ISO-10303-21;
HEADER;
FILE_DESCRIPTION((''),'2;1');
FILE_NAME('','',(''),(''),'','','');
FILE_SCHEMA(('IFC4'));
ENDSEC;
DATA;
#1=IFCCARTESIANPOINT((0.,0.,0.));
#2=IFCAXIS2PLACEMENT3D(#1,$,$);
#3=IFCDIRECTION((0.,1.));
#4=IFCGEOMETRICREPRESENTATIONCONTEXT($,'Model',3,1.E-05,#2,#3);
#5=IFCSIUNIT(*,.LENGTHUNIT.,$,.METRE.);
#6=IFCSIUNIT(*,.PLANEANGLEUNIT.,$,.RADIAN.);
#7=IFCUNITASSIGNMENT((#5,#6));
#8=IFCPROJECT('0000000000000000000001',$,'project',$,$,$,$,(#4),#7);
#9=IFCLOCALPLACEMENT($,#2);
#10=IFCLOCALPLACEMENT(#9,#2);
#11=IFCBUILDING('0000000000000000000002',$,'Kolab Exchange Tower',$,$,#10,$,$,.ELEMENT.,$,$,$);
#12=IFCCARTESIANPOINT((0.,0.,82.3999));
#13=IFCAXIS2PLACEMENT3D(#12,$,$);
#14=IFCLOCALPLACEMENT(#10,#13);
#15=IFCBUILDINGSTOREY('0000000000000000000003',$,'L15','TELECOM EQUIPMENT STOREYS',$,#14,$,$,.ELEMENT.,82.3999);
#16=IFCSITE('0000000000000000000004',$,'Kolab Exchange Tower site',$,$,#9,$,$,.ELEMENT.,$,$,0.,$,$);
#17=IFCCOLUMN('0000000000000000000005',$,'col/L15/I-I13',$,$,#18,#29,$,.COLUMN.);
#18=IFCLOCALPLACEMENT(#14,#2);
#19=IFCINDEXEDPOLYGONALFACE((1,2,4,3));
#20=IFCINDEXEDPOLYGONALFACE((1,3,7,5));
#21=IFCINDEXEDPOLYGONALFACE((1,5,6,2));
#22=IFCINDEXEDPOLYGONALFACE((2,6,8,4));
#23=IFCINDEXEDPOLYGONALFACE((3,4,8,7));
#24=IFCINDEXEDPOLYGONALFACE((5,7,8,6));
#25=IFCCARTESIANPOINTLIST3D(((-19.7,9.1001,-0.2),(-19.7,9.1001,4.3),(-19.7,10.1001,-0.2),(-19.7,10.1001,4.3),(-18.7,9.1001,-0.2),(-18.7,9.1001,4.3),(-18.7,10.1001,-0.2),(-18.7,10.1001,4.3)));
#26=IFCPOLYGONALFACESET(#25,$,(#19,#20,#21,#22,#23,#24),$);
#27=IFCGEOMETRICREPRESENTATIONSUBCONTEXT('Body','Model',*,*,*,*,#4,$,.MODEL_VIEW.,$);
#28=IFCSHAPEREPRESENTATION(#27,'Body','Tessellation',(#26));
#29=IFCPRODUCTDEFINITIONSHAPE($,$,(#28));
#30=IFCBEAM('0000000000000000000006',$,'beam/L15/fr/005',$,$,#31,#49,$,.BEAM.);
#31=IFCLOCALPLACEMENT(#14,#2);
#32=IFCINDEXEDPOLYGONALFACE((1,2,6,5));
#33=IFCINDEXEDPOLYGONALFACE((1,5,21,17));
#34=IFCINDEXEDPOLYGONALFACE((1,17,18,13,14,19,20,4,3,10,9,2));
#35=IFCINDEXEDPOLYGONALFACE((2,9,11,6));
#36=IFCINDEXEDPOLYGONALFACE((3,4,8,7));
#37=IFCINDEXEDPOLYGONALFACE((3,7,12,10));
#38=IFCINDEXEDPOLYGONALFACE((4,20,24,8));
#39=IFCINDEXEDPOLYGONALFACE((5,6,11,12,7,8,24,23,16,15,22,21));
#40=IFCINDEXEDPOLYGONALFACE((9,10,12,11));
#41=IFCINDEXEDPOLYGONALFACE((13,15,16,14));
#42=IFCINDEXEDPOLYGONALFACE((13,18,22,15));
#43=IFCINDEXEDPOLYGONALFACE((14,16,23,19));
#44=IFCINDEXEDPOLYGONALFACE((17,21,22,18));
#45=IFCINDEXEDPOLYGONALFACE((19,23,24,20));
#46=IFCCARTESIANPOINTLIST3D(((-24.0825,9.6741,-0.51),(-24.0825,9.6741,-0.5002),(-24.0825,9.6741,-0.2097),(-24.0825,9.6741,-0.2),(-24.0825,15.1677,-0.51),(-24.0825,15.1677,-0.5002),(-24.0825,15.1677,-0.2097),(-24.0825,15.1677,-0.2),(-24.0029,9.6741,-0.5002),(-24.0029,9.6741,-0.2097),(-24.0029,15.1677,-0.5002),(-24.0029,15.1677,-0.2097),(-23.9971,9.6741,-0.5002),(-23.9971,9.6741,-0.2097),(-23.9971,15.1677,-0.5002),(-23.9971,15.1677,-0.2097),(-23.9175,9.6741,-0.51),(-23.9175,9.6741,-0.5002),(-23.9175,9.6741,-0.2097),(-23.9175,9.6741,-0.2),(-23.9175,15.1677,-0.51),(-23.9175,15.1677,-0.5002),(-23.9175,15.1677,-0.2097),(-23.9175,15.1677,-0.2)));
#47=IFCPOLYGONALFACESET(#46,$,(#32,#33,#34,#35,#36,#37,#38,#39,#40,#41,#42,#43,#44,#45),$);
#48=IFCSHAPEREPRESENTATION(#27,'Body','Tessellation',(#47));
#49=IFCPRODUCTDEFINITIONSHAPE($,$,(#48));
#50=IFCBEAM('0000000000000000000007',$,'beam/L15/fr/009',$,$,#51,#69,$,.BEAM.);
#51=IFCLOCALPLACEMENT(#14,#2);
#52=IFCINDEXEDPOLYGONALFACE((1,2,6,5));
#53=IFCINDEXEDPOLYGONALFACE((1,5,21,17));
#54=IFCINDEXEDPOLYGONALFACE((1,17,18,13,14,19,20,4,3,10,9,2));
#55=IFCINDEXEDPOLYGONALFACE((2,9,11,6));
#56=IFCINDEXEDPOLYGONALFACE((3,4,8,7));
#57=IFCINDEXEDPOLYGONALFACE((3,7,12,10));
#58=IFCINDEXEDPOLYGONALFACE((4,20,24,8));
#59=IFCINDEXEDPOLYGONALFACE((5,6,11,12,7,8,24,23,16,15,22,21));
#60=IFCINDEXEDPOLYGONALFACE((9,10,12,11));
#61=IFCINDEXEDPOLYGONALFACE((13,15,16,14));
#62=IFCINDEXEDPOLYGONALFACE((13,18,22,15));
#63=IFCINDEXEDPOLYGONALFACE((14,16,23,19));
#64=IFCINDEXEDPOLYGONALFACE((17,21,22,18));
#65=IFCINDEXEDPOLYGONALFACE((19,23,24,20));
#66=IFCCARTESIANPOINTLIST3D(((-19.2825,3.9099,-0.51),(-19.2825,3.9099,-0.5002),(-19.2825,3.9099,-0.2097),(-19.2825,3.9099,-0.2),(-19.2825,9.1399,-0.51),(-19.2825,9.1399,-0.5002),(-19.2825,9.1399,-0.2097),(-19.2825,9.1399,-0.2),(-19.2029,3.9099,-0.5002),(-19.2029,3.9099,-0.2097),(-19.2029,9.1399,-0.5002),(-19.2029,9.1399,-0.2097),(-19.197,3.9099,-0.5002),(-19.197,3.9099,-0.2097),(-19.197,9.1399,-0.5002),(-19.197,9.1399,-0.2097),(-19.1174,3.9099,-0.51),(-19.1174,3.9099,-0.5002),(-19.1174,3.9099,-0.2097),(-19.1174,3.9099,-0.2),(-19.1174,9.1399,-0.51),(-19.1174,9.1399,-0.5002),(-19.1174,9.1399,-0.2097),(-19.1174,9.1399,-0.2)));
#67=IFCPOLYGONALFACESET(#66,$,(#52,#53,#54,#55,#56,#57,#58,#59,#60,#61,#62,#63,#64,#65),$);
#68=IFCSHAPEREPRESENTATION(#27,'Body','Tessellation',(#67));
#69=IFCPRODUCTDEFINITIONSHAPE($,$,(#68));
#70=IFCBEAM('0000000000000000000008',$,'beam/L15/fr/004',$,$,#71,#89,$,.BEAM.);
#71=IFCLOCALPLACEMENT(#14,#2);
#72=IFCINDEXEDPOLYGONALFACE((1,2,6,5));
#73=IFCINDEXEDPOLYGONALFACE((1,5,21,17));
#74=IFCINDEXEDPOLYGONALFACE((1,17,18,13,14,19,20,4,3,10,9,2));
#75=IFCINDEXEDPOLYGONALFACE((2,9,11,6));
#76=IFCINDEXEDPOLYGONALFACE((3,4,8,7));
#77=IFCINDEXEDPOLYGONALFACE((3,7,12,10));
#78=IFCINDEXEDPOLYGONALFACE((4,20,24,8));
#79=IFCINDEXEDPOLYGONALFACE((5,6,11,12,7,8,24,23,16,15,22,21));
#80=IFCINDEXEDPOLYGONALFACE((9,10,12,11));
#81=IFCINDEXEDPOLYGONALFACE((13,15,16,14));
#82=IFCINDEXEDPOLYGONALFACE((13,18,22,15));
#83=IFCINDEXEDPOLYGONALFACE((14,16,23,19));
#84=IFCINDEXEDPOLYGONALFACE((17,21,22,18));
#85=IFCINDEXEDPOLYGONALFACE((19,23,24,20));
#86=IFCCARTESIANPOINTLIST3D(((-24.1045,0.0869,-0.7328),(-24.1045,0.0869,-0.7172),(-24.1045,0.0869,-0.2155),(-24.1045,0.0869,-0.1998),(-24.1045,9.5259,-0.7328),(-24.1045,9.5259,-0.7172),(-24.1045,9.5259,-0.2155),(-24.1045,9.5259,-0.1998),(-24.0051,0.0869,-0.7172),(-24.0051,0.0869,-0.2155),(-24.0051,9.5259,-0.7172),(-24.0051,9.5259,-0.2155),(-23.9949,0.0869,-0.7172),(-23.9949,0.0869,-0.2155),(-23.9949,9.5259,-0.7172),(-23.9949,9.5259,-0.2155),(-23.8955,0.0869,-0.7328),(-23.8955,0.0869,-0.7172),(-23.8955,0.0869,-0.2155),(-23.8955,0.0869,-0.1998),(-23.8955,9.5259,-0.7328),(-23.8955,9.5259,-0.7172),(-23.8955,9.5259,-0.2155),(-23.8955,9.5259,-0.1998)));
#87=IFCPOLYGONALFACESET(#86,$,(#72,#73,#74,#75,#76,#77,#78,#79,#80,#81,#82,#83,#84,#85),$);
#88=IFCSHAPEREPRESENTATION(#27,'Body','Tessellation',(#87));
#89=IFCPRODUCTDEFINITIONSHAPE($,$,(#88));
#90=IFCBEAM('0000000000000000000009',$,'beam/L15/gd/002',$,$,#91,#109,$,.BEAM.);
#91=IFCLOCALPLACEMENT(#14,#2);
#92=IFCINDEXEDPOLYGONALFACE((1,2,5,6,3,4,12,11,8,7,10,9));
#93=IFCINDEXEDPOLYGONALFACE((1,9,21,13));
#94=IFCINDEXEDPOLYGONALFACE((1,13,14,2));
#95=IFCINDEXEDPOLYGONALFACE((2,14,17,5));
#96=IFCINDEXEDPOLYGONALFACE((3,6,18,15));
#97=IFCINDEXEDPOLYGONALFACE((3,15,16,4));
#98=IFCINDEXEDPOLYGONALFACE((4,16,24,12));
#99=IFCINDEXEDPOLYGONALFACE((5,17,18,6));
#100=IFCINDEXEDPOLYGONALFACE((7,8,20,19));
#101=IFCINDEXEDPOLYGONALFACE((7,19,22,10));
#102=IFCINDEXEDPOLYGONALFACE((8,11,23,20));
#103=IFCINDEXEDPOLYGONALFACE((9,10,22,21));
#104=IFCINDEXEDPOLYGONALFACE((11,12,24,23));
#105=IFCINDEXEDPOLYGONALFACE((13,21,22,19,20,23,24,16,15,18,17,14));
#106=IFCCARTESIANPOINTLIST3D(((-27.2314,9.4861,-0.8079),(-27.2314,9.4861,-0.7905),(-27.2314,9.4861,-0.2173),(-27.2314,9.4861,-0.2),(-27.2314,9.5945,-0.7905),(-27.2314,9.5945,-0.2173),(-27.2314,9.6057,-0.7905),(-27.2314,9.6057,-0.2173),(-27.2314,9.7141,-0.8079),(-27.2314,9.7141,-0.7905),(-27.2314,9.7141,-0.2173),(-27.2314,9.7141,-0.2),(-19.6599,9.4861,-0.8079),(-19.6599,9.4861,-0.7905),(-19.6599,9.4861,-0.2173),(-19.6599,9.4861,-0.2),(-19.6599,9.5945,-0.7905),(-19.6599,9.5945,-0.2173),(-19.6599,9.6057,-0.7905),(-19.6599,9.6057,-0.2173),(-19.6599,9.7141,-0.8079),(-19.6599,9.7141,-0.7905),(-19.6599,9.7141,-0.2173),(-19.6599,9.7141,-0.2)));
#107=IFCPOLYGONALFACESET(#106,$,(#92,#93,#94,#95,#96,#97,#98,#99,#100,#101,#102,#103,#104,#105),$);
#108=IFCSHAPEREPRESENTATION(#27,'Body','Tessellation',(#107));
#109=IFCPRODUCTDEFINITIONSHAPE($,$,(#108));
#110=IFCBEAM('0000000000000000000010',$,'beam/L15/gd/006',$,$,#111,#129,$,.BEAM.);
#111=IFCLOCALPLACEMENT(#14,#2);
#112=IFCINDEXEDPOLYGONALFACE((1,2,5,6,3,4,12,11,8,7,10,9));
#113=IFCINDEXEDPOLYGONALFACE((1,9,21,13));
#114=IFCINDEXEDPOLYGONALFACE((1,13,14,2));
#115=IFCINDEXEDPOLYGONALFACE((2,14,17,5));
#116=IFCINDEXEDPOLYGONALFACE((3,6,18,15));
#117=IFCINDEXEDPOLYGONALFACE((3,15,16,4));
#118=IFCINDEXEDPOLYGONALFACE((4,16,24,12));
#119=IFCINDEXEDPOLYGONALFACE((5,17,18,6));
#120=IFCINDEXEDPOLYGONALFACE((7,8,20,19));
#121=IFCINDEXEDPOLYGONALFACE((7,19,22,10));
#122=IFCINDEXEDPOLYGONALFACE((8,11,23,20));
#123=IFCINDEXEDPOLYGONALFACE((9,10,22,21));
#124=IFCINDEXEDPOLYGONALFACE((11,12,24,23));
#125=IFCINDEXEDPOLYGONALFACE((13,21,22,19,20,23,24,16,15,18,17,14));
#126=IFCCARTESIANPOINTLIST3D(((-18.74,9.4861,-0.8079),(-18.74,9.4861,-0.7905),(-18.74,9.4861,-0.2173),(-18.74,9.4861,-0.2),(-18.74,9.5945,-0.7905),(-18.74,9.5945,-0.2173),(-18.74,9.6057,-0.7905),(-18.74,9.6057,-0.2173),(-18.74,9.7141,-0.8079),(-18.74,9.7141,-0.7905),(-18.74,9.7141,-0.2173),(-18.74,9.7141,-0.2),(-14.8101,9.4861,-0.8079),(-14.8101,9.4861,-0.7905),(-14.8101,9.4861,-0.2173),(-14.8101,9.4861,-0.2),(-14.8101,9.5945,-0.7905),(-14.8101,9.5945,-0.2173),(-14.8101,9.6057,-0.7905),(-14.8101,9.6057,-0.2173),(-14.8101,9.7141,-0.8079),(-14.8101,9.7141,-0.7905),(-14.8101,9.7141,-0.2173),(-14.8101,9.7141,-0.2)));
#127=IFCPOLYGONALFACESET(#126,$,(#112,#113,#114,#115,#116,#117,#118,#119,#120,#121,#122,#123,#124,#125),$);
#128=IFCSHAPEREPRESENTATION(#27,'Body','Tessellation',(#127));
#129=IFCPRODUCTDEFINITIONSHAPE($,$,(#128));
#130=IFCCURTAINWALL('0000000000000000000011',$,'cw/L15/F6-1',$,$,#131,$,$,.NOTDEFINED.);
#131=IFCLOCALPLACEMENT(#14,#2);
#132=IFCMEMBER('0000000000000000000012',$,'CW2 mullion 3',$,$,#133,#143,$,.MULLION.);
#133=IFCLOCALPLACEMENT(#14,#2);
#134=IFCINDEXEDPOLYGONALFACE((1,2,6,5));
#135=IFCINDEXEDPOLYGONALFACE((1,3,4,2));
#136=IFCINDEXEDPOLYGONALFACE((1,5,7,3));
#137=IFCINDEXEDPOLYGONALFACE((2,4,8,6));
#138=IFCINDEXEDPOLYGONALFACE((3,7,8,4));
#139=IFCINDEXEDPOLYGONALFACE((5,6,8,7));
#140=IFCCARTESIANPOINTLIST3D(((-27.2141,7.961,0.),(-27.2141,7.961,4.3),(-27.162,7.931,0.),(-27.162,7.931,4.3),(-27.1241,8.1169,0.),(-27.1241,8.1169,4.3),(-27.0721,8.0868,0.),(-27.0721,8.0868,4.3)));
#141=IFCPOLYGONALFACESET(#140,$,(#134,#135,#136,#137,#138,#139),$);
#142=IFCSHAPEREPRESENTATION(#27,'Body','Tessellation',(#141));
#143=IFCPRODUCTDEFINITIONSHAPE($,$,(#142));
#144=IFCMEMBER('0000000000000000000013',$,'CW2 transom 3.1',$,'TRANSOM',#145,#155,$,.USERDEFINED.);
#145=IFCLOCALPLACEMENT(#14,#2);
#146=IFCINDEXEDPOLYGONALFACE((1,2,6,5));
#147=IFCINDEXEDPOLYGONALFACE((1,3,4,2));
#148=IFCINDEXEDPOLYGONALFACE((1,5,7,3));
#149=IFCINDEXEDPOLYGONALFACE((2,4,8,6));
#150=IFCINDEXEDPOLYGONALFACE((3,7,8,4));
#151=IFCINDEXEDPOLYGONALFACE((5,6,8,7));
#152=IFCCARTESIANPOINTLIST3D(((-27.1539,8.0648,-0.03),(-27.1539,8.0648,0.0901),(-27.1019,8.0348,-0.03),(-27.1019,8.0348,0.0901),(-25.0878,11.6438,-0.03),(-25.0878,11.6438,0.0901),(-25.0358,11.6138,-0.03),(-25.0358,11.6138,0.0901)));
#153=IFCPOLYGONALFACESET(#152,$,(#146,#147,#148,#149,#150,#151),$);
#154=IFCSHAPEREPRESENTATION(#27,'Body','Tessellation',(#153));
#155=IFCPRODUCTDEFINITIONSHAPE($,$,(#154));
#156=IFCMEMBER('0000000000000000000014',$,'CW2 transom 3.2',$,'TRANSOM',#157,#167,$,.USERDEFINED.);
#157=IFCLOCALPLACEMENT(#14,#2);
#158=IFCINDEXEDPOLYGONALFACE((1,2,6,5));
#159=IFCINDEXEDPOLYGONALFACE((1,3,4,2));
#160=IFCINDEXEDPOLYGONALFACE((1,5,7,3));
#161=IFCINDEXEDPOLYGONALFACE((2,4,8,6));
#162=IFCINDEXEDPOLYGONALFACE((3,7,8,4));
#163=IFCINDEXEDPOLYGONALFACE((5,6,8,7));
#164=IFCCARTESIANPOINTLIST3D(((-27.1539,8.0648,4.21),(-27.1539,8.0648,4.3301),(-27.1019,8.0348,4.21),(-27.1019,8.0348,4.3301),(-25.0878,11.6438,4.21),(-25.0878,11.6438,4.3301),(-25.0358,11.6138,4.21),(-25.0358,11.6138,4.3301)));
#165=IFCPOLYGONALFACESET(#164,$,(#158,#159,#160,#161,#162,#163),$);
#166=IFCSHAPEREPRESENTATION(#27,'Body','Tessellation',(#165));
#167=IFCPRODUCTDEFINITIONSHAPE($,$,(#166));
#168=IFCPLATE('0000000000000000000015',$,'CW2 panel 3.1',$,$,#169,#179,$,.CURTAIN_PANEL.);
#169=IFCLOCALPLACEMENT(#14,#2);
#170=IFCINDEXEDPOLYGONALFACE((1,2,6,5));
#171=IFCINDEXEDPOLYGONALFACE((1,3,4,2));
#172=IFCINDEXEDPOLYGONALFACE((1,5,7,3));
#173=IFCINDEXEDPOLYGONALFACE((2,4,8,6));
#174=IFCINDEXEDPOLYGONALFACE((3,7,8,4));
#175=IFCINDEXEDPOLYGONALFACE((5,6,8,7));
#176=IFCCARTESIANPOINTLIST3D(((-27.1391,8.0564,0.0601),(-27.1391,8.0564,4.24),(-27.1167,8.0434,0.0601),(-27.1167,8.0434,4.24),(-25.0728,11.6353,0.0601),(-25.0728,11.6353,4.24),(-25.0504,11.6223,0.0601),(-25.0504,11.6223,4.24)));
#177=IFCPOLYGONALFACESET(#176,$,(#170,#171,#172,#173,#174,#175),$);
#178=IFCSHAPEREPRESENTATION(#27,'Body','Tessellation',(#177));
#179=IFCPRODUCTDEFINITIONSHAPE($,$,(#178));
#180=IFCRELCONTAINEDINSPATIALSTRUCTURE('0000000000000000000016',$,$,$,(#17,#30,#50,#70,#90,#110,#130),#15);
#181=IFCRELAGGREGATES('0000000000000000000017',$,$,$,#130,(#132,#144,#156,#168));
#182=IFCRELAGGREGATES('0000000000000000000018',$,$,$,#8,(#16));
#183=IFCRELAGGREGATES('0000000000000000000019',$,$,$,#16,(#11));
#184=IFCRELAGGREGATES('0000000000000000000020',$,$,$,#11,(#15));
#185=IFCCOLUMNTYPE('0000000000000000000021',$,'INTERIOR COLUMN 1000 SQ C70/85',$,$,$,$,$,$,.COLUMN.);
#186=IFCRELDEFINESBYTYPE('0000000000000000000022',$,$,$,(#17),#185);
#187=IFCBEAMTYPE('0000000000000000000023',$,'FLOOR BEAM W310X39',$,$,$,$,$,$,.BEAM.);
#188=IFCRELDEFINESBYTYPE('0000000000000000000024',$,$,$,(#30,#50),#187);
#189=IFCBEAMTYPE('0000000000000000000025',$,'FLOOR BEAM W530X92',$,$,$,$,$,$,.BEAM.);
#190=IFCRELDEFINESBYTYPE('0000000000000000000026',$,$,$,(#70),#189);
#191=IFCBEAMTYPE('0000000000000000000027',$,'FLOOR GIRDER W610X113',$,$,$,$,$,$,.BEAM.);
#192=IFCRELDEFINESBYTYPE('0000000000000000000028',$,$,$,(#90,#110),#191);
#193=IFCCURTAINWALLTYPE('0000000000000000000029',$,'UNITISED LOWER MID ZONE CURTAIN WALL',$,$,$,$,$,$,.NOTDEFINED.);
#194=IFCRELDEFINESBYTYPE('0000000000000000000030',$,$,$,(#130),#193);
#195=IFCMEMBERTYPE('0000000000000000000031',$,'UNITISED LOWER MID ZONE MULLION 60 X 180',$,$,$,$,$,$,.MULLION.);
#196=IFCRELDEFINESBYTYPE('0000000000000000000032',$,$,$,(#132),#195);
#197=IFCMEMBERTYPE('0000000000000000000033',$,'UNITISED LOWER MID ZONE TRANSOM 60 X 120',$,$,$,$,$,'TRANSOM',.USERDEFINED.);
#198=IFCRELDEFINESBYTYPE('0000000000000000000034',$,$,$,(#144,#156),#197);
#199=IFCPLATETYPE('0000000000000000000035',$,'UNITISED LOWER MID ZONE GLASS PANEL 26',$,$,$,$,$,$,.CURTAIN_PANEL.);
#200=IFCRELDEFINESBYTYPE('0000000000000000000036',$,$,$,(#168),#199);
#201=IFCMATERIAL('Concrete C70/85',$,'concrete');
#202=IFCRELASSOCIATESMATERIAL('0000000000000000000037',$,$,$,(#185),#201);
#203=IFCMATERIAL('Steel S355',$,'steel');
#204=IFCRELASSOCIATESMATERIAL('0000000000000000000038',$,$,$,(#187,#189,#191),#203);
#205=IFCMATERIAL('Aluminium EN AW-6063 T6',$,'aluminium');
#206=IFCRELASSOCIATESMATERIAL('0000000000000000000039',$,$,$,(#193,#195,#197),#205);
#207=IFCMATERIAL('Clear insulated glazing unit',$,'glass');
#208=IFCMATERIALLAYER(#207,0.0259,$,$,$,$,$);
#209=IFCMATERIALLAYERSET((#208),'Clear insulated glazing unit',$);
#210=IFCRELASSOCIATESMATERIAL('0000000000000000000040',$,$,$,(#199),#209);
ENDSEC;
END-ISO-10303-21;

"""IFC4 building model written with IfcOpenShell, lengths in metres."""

from ifc_helpers import new_model, si_unit, direction, frame, origin, origin_2d, place, context, subcontext, project, spatial, rectangle, i_section, extrude, material, layer, layer_set, material_profile, profile_set, type_object, element, aggregate, save


model = new_model("IFC4")

# Units and contexts
model_context = context("Model", 3, precision=1e-05, world=origin(), true_north=direction((0.0, 1.0)))
body_context = subcontext(model_context, "Body", "Model", "MODEL_VIEW")
ifc_project = project(units=[si_unit("LENGTHUNIT", "METRE"), si_unit("PLANEANGLEUNIT", "RADIAN")], contexts=[model_context])

# Site, building, storey
site_placement = place(None, origin())
site = spatial("IfcSite", under=ifc_project, at=site_placement, Name="Kolab Exchange Tower site", CompositionType="ELEMENT", RefElevation=0.0)
building_placement = place(site_placement, origin())
building = spatial("IfcBuilding", under=site, at=building_placement, Name="Kolab Exchange Tower", CompositionType="ELEMENT")
storey_placement = place(building_placement, frame((0.0, 0.0, 82.3999)))
storey = spatial("IfcBuildingStorey", under=building, at=storey_placement, Name="L15", Description="TELECOM EQUIPMENT STOREYS", CompositionType="ELEMENT", Elevation=82.3999)

# Column
ifc_material_1 = material(Name="Concrete C70/85", Category="concrete")
ifc_material_profile_1 = material_profile(ifc_material_1, rectangle(XDim=1.0, YDim=1.0, at=origin_2d()), Name="RC1000")
ifc_profile_set_1 = profile_set([ifc_material_profile_1], Name="Concrete C70/85")
column_type = type_object("IfcColumnType", Name="INTERIOR COLUMN 1000 SQ C70/85", PredefinedType="COLUMN", material=ifc_profile_set_1)
column_placement = place(storey_placement, frame((-19.2, 9.6001, -0.2), z_axis=(0.0, 0.0, 1.0), x_axis=(1.0, 0.0, 0.0)))
element("IfcColumn", 1, at=column_placement, inside=storey, type_object=column_type, Name="col/L15/I-I13", PredefinedType="COLUMN", context=body_context, shape_type="SweptSolid", body=[
    extrude(rectangle(XDim=1.0, YDim=1.0, at=origin_2d()), origin(), (0.0, 0.0, 1.0), 4.5),
])

# Beams
ifc_material_2 = material(Name="Steel S355", Category="steel")
ifc_material_profile_2 = material_profile(ifc_material_2, i_section(OverallWidth=0.165, OverallDepth=0.3101, WebThickness=0.0059, FlangeThickness=0.0098, at=origin_2d()), Name="W310X39")
ifc_profile_set_2 = profile_set([ifc_material_profile_2], Name="Steel S355")
beam_type_1 = type_object("IfcBeamType", Name="FLOOR BEAM W310X39", PredefinedType="BEAM", material=ifc_profile_set_2)
beam_1_placement = place(storey_placement, frame((-24.0, 9.6741, -0.355), z_axis=(0.0, 1.0, 0.0), x_axis=(-1.0, 0.0, 0.0)))
element("IfcBeam", 2, at=beam_1_placement, inside=storey, type_object=beam_type_1, Name="beam/L15/fr/005", PredefinedType="BEAM", context=body_context, shape_type="SweptSolid", body=[
    extrude(i_section(OverallWidth=0.165, OverallDepth=0.3101, WebThickness=0.0059, FlangeThickness=0.0098, at=origin_2d()), origin(), (0.0, 0.0, 1.0), 5.4937),
])
beam_2_placement = place(storey_placement, frame((-19.2, 3.9099, -0.355), z_axis=(0.0, 1.0, 0.0), x_axis=(-1.0, 0.0, 0.0)))
element("IfcBeam", 3, at=beam_2_placement, inside=storey, type_object=beam_type_1, Name="beam/L15/fr/009", PredefinedType="BEAM", context=body_context, shape_type="SweptSolid", body=[
    extrude(i_section(OverallWidth=0.165, OverallDepth=0.3101, WebThickness=0.0059, FlangeThickness=0.0098, at=origin_2d()), origin(), (0.0, 0.0, 1.0), 5.23),
])
ifc_material_profile_3 = material_profile(ifc_material_2, i_section(OverallWidth=0.209, OverallDepth=0.533, WebThickness=0.0103, FlangeThickness=0.0156, at=origin_2d()), Name="W530X92")
ifc_profile_set_3 = profile_set([ifc_material_profile_3], Name="Steel S355")
beam_type_2 = type_object("IfcBeamType", Name="FLOOR BEAM W530X92", PredefinedType="BEAM", material=ifc_profile_set_3)
beam_3_placement = place(storey_placement, frame((-24.0, 0.0869, -0.4663), z_axis=(0.0, 1.0, 0.0), x_axis=(-1.0, 0.0, 0.0)))
element("IfcBeam", 4, at=beam_3_placement, inside=storey, type_object=beam_type_2, Name="beam/L15/fr/004", PredefinedType="BEAM", context=body_context, shape_type="SweptSolid", body=[
    extrude(i_section(OverallWidth=0.209, OverallDepth=0.533, WebThickness=0.0103, FlangeThickness=0.0156, at=origin_2d()), origin(), (0.0, 0.0, 1.0), 9.439),
])
ifc_material_profile_4 = material_profile(ifc_material_2, i_section(OverallWidth=0.228, OverallDepth=0.6079, WebThickness=0.0112, FlangeThickness=0.0173, at=origin_2d()), Name="W610X113")
ifc_profile_set_4 = profile_set([ifc_material_profile_4], Name="Steel S355")
beam_type_3 = type_object("IfcBeamType", Name="FLOOR GIRDER W610X113", PredefinedType="BEAM", material=ifc_profile_set_4)
beam_4_placement = place(storey_placement, frame((-27.2314, 9.6001, -0.5039), z_axis=(1.0, 0.0, 0.0), x_axis=(0.0, 1.0, 0.0)))
element("IfcBeam", 5, at=beam_4_placement, inside=storey, type_object=beam_type_3, Name="beam/L15/gd/002", PredefinedType="BEAM", context=body_context, shape_type="SweptSolid", body=[
    extrude(i_section(OverallWidth=0.228, OverallDepth=0.6079, WebThickness=0.0112, FlangeThickness=0.0173, at=origin_2d()), origin(), (0.0, 0.0, 1.0), 7.5715),
])
beam_5_placement = place(storey_placement, frame((-18.74, 9.6001, -0.5039), z_axis=(1.0, 0.0, 0.0), x_axis=(0.0, 1.0, 0.0)))
element("IfcBeam", 6, at=beam_5_placement, inside=storey, type_object=beam_type_3, Name="beam/L15/gd/006", PredefinedType="BEAM", context=body_context, shape_type="SweptSolid", body=[
    extrude(i_section(OverallWidth=0.228, OverallDepth=0.6079, WebThickness=0.0112, FlangeThickness=0.0173, at=origin_2d()), origin(), (0.0, 0.0, 1.0), 3.9299),
])

# Curtain wall, members, plate
ifc_material_3 = material(Name="Aluminium EN AW-6063 T6", Category="aluminium")
curtain_wall_type = type_object("IfcCurtainWallType", Name="UNITISED LOWER MID ZONE CURTAIN WALL", PredefinedType="NOTDEFINED", material=ifc_material_3)
curtain_wall_placement = place(storey_placement, origin())
curtain_wall = element("IfcCurtainWall", 7, at=curtain_wall_placement, inside=storey, type_object=curtain_wall_type, Name="cw/L15/F6-1", PredefinedType="NOTDEFINED")
ifc_material_profile_5 = material_profile(ifc_material_3, rectangle(XDim=0.0601, YDim=0.1799, at=origin_2d()), Name="RECT 60X180")
ifc_profile_set_5 = profile_set([ifc_material_profile_5], Name="Aluminium EN AW-6063 T6")
member_type_1 = type_object("IfcMemberType", Name="UNITISED LOWER MID ZONE MULLION 60 X 180", PredefinedType="MULLION", material=ifc_profile_set_5)
member_1_placement = place(storey_placement, frame((-27.1431, 8.0239, 0.0), z_axis=(0.0, 0.0, 1.0), x_axis=(-0.866025, 0.5, 0.0)))
member_1 = element("IfcMember", 8, at=member_1_placement, type_object=member_type_1, Name="CW2 mullion 3", PredefinedType="MULLION", context=body_context, shape_type="SweptSolid", body=[
    extrude(rectangle(XDim=0.0601, YDim=0.1799, at=origin_2d()), origin(), (0.0, 0.0, 1.0), 4.3),
])
ifc_material_profile_6 = material_profile(ifc_material_3, rectangle(XDim=0.0601, YDim=0.1201, at=origin_2d()), Name="RECT 60X120")
ifc_profile_set_6 = profile_set([ifc_material_profile_6], Name="Aluminium EN AW-6063 T6")
member_type_2 = type_object("IfcMemberType", Name="UNITISED LOWER MID ZONE TRANSOM 60 X 120", ElementType="TRANSOM", PredefinedType="USERDEFINED", material=ifc_profile_set_6)
member_2_placement = place(storey_placement, frame((-27.1279, 8.0498, 0.03), z_axis=(0.499958, 0.86605, 0.0), x_axis=(-0.86605, 0.499958, 0.0)))
member_2 = element("IfcMember", 9, at=member_2_placement, type_object=member_type_2, Name="CW2 transom 3.1", ObjectType="TRANSOM", PredefinedType="USERDEFINED", context=body_context, shape_type="SweptSolid", body=[
    extrude(rectangle(XDim=0.0601, YDim=0.1201, at=origin_2d()), origin(), (0.0, 0.0, 1.0), 4.1326),
])
member_3_placement = place(storey_placement, frame((-27.1279, 8.0498, 4.27), z_axis=(0.499958, 0.86605, 0.0), x_axis=(-0.86605, 0.499958, 0.0)))
member_3 = element("IfcMember", 10, at=member_3_placement, type_object=member_type_2, Name="CW2 transom 3.2", ObjectType="TRANSOM", PredefinedType="USERDEFINED", context=body_context, shape_type="SweptSolid", body=[
    extrude(rectangle(XDim=0.0601, YDim=0.1201, at=origin_2d()), origin(), (0.0, 0.0, 1.0), 4.1326),
])
ifc_material_4 = material(Name="Clear insulated glazing unit", Category="glass")
ifc_layer_1 = layer(ifc_material_4, 0.0259)
ifc_layer_set_1 = layer_set([ifc_layer_1], Name="Clear insulated glazing unit")
plate_type = type_object("IfcPlateType", Name="UNITISED LOWER MID ZONE GLASS PANEL 26", PredefinedType="CURTAIN_PANEL", material=ifc_layer_set_1)
plate_placement = place(storey_placement, frame((-26.0947, 9.8394, 0.0601), z_axis=(0.0, 0.0, 1.0), x_axis=(0.5, 0.866025, 0.0)))
plate = element("IfcPlate", 11, at=plate_placement, type_object=plate_type, Name="CW2 panel 3.1", PredefinedType="CURTAIN_PANEL", context=body_context, shape_type="SweptSolid", body=[
    extrude(rectangle(XDim=4.1326, YDim=0.0259, at=origin_2d()), origin(), (0.0, 0.0, 1.0), 4.1799),
])
aggregate(curtain_wall, [member_1, member_2, member_3, plate])

save(model, "model.ifc")
